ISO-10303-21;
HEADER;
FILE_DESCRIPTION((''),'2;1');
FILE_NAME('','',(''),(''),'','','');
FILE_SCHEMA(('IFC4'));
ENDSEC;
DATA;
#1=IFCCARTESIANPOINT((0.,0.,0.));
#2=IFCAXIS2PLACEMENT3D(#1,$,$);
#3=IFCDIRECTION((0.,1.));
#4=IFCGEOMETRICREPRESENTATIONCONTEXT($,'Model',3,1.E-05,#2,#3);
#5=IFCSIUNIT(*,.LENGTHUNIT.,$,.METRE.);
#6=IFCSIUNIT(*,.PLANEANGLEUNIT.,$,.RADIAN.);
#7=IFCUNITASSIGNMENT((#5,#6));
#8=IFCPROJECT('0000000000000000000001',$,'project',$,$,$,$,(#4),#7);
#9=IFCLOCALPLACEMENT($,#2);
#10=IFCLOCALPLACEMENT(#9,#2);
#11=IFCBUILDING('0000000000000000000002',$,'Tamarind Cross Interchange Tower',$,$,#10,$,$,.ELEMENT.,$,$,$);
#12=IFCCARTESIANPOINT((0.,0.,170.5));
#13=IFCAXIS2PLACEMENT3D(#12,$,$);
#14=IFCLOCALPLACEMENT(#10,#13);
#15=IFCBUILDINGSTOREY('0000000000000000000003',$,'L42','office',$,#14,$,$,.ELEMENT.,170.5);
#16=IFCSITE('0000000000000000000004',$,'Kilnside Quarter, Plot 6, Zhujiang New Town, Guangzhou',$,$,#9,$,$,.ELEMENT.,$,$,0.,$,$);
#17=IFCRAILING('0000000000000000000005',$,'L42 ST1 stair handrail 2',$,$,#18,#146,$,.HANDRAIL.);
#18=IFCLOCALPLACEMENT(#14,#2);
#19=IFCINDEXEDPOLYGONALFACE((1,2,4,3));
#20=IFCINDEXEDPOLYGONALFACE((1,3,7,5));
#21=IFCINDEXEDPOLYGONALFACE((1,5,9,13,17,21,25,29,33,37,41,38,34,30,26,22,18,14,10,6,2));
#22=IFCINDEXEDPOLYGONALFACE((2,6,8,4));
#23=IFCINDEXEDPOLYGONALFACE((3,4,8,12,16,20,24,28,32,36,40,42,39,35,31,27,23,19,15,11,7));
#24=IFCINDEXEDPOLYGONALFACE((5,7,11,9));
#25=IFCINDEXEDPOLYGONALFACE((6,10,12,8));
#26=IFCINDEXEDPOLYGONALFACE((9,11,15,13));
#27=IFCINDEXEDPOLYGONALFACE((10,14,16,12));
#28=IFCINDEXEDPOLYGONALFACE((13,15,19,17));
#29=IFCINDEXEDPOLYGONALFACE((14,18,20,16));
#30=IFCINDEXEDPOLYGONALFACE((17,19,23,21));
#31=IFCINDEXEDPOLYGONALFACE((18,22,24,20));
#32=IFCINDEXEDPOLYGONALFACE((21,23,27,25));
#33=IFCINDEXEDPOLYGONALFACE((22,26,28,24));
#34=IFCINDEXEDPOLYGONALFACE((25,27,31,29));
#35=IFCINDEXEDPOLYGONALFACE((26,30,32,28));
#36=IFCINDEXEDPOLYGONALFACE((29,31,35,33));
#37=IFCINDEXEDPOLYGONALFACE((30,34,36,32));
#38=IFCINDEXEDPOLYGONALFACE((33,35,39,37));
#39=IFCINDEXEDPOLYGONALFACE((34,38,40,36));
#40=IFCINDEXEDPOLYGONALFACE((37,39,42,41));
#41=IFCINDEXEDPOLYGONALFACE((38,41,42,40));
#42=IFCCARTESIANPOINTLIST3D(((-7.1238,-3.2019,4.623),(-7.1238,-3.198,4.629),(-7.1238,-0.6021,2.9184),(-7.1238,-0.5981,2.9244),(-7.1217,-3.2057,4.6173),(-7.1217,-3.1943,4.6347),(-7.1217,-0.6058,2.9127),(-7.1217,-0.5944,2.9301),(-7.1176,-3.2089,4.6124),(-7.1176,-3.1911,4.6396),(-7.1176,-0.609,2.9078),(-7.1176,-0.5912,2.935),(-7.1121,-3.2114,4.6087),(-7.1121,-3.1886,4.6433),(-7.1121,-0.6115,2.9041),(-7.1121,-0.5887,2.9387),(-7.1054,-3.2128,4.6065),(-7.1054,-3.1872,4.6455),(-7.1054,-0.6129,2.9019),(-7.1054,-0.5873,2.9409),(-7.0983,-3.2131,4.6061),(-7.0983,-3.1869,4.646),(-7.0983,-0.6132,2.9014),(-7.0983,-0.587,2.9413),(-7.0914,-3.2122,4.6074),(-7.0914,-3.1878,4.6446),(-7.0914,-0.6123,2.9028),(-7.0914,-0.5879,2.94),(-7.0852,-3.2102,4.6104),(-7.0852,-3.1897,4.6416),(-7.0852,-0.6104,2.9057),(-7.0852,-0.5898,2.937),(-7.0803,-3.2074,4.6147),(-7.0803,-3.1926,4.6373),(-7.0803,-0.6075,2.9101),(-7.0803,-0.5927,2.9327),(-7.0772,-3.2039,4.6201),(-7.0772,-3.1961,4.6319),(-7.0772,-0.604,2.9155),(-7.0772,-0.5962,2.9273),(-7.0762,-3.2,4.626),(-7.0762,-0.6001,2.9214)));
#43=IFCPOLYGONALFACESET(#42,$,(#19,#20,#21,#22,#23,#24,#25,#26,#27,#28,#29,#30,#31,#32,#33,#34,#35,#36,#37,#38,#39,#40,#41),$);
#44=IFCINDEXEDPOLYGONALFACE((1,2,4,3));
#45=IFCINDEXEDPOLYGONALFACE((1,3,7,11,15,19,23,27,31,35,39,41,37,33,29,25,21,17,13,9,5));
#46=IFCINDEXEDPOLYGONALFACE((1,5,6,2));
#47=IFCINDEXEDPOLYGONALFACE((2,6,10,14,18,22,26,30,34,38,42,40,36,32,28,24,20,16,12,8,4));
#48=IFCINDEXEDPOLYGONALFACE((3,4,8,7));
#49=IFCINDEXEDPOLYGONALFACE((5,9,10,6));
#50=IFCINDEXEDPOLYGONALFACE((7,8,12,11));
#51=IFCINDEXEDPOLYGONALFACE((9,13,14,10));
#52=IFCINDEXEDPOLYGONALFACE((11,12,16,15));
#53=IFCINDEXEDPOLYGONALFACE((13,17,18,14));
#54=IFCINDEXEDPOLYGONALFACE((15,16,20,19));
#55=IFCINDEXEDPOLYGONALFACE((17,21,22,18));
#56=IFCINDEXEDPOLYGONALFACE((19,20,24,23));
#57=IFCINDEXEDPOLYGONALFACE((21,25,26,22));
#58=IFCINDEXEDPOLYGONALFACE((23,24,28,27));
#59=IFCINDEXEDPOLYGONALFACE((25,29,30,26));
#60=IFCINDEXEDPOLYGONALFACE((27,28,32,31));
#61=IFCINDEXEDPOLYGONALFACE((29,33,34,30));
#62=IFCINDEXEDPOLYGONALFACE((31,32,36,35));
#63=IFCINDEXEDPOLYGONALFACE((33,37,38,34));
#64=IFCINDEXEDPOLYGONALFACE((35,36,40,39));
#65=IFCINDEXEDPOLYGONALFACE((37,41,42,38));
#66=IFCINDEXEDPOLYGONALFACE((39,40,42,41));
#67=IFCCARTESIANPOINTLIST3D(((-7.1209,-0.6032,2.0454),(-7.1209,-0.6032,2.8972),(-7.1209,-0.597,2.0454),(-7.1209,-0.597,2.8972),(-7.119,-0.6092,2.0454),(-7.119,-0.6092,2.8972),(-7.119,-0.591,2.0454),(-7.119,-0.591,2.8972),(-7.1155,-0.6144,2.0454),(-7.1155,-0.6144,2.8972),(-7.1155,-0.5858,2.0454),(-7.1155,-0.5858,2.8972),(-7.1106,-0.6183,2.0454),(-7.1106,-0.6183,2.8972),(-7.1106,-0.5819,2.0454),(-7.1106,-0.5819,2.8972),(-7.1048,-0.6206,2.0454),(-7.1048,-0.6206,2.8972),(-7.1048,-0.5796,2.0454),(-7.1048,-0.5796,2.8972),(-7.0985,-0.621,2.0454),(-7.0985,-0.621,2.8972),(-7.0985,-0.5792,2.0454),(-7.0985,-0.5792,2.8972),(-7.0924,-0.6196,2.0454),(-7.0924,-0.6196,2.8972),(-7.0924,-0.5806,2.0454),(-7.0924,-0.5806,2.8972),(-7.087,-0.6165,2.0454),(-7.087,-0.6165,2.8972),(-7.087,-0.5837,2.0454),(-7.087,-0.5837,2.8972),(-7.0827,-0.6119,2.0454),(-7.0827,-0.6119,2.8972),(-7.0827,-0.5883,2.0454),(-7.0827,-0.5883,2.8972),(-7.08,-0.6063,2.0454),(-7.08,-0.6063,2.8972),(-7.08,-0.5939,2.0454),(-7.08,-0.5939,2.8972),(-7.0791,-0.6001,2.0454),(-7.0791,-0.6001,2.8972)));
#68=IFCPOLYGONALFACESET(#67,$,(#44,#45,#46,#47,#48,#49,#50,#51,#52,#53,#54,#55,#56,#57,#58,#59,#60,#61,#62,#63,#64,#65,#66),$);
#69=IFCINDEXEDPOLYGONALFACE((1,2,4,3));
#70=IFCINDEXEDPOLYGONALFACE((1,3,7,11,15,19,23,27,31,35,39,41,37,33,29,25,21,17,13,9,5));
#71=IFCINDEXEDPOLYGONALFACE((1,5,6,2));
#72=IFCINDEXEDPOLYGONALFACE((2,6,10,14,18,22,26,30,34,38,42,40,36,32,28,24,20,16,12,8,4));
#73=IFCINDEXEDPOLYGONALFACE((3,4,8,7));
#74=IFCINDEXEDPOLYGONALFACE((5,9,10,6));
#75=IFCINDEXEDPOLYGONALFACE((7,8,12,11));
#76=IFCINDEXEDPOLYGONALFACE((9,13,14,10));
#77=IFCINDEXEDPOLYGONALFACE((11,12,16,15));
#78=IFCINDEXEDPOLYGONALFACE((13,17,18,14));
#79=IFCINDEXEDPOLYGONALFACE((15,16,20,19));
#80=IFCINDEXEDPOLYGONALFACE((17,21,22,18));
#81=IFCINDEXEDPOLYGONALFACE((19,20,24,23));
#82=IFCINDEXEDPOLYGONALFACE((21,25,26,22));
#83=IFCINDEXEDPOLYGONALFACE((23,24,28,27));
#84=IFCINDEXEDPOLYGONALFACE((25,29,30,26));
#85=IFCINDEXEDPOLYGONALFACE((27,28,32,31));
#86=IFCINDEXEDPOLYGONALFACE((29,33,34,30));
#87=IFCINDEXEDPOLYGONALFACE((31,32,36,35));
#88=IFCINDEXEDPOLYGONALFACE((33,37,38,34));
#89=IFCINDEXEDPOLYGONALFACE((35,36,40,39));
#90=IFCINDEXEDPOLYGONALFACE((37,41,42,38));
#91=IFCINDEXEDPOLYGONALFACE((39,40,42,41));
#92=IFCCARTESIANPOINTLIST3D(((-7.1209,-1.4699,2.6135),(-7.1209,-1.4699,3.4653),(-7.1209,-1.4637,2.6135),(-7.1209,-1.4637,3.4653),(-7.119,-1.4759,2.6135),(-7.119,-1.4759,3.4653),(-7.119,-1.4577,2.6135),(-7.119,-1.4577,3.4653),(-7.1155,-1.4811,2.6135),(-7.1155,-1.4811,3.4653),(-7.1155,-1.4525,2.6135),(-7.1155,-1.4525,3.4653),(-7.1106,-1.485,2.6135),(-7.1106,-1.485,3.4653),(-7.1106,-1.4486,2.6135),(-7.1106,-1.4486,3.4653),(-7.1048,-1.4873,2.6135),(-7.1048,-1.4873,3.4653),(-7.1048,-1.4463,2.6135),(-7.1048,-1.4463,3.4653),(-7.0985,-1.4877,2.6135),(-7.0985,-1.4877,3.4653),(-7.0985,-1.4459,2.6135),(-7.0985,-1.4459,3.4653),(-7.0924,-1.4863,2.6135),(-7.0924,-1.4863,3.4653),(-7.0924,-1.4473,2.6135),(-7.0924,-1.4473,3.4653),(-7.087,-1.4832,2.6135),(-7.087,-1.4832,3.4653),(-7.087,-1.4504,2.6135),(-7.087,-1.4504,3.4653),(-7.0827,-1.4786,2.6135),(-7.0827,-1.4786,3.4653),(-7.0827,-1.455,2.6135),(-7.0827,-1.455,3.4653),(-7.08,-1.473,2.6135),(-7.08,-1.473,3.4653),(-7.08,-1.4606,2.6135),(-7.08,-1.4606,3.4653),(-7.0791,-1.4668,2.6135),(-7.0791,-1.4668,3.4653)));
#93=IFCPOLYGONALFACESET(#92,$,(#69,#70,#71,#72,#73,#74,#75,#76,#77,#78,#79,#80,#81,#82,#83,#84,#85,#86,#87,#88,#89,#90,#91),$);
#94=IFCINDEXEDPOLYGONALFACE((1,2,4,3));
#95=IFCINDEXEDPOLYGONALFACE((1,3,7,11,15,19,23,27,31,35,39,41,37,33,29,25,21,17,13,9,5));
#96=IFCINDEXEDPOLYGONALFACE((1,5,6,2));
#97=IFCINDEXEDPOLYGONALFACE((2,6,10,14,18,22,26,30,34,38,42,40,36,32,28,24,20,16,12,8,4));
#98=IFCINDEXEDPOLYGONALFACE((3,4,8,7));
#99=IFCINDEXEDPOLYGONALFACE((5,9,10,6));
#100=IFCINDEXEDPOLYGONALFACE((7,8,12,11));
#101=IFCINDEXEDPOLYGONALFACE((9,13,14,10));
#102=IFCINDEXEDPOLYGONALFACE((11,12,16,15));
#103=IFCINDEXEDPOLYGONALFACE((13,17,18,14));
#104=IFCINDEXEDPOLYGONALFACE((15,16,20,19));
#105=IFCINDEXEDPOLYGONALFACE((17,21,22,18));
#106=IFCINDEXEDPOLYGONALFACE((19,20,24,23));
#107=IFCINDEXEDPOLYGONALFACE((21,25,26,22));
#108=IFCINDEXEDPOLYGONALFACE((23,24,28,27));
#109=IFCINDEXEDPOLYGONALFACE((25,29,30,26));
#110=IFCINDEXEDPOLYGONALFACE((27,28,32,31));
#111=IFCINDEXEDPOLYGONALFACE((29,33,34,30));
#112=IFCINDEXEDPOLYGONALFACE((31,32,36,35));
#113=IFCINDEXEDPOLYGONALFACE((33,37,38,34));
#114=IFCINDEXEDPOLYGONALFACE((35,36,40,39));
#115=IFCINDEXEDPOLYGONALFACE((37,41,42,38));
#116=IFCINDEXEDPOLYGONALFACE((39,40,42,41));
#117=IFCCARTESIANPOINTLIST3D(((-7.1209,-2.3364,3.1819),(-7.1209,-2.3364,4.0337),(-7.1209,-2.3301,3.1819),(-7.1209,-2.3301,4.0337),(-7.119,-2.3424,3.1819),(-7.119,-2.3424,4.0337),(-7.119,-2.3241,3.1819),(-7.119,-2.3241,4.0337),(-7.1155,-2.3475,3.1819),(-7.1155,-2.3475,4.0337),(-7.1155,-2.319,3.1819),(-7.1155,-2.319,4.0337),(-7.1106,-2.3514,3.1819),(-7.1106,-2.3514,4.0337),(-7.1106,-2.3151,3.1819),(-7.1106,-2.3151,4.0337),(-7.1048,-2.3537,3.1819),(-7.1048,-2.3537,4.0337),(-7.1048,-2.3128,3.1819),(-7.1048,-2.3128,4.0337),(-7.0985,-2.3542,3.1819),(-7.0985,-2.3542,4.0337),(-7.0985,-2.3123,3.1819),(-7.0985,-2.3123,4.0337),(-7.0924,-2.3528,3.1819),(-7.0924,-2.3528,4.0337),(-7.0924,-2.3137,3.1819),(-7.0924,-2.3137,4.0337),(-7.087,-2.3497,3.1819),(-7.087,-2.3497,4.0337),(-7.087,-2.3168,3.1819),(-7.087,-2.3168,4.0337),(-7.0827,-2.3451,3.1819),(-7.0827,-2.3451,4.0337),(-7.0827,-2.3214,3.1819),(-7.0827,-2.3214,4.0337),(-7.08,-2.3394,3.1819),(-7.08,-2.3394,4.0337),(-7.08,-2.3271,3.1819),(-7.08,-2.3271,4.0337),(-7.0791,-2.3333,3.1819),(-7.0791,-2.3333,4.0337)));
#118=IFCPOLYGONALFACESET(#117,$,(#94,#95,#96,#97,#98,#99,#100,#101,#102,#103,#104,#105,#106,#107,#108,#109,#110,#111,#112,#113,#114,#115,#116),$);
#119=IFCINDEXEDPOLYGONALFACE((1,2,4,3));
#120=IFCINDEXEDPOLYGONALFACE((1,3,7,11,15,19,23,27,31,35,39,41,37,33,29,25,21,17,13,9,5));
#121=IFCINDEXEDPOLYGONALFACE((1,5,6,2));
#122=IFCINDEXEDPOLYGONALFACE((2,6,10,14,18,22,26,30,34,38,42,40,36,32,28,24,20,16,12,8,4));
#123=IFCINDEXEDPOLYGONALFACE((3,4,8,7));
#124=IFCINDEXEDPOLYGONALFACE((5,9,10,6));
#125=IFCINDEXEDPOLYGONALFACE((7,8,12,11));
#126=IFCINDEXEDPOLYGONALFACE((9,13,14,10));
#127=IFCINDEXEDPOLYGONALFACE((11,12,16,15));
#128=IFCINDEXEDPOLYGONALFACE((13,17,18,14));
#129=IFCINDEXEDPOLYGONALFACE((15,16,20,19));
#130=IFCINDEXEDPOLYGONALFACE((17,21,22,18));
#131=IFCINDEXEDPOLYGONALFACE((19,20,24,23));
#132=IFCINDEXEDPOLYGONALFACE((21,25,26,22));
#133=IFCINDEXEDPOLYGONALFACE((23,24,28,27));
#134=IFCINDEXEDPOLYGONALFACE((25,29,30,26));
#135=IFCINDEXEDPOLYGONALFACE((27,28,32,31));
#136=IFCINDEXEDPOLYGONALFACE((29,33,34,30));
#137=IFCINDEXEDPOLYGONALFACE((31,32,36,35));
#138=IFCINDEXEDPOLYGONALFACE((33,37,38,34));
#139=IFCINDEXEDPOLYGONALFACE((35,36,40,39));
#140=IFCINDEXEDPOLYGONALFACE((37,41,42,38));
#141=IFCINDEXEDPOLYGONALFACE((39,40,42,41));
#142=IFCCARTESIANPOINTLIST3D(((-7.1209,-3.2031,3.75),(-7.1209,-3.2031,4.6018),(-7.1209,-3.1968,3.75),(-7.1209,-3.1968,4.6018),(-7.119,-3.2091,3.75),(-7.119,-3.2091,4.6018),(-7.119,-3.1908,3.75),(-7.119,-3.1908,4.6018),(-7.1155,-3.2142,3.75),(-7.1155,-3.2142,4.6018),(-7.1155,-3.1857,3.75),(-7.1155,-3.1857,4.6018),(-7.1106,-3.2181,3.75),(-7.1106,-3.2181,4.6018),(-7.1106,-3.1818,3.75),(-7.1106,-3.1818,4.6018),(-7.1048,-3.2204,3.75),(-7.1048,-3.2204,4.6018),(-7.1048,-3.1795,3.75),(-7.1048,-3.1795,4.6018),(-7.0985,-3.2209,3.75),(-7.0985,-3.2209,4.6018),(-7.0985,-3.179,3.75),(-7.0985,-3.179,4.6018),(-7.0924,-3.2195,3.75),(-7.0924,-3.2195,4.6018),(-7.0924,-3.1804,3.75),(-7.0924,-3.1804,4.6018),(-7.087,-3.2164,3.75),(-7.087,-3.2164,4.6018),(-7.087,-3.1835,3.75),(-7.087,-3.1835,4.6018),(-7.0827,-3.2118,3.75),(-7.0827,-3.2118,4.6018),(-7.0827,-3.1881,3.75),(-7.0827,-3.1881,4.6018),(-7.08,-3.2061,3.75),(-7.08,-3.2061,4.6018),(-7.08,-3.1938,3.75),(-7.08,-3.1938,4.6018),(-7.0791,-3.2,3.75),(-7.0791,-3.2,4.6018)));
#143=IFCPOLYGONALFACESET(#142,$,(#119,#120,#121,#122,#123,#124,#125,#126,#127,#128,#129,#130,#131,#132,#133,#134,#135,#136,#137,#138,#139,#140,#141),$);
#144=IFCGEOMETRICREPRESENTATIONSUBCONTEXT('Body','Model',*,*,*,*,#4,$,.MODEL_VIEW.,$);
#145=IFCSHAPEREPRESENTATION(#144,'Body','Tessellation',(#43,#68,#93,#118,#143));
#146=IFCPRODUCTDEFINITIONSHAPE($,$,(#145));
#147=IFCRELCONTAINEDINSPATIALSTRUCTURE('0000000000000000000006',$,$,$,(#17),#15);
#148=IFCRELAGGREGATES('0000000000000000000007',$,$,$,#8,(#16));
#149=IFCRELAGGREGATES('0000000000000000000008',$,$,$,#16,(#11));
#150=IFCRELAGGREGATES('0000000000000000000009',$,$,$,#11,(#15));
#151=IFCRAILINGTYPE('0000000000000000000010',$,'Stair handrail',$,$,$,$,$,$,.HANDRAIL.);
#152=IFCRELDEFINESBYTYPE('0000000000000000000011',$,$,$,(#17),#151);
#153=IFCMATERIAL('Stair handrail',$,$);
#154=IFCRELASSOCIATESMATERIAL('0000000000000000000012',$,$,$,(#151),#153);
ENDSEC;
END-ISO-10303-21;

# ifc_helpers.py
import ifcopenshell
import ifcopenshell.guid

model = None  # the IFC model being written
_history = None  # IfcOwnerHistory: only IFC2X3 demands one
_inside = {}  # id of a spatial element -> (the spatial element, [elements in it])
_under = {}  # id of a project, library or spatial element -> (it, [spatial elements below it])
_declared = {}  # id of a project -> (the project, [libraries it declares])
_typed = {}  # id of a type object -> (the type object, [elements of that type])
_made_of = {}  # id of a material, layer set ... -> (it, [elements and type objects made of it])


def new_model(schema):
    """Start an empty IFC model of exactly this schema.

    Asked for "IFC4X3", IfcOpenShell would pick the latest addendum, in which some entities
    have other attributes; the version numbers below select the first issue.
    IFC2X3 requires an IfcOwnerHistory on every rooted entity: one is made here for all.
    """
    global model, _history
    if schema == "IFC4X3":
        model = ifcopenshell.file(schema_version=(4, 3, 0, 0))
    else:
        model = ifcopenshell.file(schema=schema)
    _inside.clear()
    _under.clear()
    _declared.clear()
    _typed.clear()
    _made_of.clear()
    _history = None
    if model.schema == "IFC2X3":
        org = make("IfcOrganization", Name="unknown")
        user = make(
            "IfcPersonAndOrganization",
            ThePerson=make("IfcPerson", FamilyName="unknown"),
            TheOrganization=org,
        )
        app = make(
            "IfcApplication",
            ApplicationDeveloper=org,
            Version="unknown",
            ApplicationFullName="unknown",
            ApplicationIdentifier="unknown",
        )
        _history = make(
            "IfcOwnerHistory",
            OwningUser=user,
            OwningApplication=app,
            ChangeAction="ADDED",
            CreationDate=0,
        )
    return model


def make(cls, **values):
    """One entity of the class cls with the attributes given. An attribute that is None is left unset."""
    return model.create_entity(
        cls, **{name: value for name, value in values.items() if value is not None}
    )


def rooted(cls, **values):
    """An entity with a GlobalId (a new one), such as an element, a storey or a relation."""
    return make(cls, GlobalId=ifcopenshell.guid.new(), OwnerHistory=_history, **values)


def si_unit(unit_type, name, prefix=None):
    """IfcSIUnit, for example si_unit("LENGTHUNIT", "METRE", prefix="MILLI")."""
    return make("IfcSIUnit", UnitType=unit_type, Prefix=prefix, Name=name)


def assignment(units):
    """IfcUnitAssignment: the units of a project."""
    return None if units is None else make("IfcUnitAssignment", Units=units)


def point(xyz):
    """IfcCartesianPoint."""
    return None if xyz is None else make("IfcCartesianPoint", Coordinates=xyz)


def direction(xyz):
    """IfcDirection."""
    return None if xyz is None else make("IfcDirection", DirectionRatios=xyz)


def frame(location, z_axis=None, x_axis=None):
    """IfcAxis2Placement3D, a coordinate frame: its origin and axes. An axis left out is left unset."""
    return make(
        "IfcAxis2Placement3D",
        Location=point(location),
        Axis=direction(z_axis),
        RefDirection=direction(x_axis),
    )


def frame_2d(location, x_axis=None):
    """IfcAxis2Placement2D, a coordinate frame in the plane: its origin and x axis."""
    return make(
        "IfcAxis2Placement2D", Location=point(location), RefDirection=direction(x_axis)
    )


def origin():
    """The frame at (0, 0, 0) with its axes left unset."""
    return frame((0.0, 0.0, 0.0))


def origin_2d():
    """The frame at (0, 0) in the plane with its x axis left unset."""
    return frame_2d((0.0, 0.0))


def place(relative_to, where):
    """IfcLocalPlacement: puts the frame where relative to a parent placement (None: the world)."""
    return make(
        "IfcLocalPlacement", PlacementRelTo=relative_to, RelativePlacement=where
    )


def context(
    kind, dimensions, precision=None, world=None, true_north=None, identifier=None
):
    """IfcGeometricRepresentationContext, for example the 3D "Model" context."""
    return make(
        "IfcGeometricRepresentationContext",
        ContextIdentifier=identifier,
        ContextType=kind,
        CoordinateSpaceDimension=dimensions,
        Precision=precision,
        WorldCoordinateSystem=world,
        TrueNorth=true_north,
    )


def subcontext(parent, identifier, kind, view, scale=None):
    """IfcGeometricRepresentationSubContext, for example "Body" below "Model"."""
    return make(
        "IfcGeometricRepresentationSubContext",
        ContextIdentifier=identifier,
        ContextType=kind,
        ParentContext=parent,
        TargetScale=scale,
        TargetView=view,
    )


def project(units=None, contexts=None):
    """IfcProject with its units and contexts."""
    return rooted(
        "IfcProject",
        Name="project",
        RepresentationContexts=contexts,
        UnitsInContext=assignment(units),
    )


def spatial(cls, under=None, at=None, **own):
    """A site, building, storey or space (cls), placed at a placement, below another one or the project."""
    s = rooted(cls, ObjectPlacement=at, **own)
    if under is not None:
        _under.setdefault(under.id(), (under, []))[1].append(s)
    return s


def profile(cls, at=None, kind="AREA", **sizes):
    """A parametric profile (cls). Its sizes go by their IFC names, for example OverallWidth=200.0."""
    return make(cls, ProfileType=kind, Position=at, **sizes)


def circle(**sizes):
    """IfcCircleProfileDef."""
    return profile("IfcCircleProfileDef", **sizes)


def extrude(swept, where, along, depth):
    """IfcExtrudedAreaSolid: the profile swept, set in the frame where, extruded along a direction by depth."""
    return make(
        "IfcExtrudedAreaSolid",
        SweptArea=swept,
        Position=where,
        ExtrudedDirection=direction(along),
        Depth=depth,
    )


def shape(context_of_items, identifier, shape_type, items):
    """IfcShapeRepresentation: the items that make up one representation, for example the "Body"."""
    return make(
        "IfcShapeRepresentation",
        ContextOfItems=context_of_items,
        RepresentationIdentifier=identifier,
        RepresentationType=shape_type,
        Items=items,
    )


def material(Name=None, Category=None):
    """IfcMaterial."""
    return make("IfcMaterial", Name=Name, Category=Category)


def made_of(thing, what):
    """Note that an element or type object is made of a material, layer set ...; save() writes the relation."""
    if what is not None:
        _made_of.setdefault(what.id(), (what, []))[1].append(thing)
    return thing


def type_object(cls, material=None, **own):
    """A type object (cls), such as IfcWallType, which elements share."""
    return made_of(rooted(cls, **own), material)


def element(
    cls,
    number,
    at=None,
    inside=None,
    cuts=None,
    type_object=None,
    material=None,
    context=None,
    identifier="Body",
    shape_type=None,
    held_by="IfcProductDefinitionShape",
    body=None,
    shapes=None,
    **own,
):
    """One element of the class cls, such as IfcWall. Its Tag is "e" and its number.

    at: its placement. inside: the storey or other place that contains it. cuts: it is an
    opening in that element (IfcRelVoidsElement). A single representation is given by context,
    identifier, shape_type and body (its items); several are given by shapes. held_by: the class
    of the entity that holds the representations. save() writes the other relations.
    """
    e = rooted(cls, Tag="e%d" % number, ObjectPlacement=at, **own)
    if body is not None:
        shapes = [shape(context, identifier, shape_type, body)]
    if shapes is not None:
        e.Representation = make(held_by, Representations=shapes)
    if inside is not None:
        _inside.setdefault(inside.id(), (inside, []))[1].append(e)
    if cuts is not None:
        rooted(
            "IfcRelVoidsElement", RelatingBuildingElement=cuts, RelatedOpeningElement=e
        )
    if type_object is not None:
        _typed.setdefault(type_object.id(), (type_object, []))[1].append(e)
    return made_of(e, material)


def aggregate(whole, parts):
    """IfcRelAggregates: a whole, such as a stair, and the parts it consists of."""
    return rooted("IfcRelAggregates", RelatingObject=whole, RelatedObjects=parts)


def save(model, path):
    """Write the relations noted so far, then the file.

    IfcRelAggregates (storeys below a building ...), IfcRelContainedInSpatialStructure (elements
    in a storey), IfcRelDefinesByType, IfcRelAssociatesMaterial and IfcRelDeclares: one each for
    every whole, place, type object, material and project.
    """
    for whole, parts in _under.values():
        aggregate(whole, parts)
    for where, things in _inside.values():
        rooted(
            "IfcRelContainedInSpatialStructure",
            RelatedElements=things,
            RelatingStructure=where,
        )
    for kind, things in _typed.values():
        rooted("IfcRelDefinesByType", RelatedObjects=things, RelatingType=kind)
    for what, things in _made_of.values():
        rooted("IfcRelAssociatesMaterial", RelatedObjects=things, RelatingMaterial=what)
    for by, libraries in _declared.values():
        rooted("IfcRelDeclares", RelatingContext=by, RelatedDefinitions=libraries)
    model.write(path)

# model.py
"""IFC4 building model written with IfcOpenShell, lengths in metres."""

from ifc_helpers import new_model, si_unit, direction, frame, origin, origin_2d, place, context, subcontext, project, spatial, circle, extrude, material, type_object, element, save


model = new_model("IFC4")

# Units and contexts
model_context = context("Model", 3, precision=1e-05, world=origin(), true_north=direction((0.0, 1.0)))
body_context = subcontext(model_context, "Body", "Model", "MODEL_VIEW")
ifc_project = project(units=[si_unit("LENGTHUNIT", "METRE"), si_unit("PLANEANGLEUNIT", "RADIAN")], contexts=[model_context])

# Site, building, storey
site_placement = place(None, origin())
site = spatial("IfcSite", under=ifc_project, at=site_placement, Name="Kilnside Quarter, Plot 6, Zhujiang New Town, Guangzhou", CompositionType="ELEMENT", RefElevation=0.0)
building_placement = place(site_placement, origin())
building = spatial("IfcBuilding", under=site, at=building_placement, Name="Tamarind Cross Interchange Tower", CompositionType="ELEMENT")
storey_placement = place(building_placement, frame((0.0, 0.0, 170.5)))
storey = spatial("IfcBuildingStorey", under=building, at=storey_placement, Name="L42", Description="office", CompositionType="ELEMENT", Elevation=170.5)

# Railing
ifc_material_1 = material(Name="Stair handrail")
railing_type_1 = type_object("IfcRailingType", Name="Stair handrail", PredefinedType="HANDRAIL", material=ifc_material_1)
railing_1_placement = place(storey_placement, frame((-7.1001, -0.6001, 2.0454)))
element("IfcRailing", 1, at=railing_1_placement, inside=storey, type_object=railing_type_1, Name="L42 ST1 stair handrail 2", PredefinedType="HANDRAIL", context=body_context, shape_type="SweptSolid", body=[
    extrude(circle(Radius=0.0239, at=origin_2d()), frame((0.0, 0.0, 0.876), z_axis=(0.0, -0.836279, 0.548305), x_axis=(1.0, 0.0, 0.0)), (0.0, 0.0, 1.0), 3.1089),
    extrude(circle(Radius=0.021, at=origin_2d()), origin(), (0.0, 0.0, 1.0), 0.8518),
    extrude(circle(Radius=0.021, at=origin_2d()), frame((0.0, -0.8667, 0.5681)), (0.0, 0.0, 1.0), 0.8518),
    extrude(circle(Radius=0.021, at=origin_2d()), frame((0.0, -1.7332, 1.1365)), (0.0, 0.0, 1.0), 0.8518),
    extrude(circle(Radius=0.021, at=origin_2d()), frame((0.0, -2.5999, 1.7046)), (0.0, 0.0, 1.0), 0.8518),
])

save(model, "model.ifc")
